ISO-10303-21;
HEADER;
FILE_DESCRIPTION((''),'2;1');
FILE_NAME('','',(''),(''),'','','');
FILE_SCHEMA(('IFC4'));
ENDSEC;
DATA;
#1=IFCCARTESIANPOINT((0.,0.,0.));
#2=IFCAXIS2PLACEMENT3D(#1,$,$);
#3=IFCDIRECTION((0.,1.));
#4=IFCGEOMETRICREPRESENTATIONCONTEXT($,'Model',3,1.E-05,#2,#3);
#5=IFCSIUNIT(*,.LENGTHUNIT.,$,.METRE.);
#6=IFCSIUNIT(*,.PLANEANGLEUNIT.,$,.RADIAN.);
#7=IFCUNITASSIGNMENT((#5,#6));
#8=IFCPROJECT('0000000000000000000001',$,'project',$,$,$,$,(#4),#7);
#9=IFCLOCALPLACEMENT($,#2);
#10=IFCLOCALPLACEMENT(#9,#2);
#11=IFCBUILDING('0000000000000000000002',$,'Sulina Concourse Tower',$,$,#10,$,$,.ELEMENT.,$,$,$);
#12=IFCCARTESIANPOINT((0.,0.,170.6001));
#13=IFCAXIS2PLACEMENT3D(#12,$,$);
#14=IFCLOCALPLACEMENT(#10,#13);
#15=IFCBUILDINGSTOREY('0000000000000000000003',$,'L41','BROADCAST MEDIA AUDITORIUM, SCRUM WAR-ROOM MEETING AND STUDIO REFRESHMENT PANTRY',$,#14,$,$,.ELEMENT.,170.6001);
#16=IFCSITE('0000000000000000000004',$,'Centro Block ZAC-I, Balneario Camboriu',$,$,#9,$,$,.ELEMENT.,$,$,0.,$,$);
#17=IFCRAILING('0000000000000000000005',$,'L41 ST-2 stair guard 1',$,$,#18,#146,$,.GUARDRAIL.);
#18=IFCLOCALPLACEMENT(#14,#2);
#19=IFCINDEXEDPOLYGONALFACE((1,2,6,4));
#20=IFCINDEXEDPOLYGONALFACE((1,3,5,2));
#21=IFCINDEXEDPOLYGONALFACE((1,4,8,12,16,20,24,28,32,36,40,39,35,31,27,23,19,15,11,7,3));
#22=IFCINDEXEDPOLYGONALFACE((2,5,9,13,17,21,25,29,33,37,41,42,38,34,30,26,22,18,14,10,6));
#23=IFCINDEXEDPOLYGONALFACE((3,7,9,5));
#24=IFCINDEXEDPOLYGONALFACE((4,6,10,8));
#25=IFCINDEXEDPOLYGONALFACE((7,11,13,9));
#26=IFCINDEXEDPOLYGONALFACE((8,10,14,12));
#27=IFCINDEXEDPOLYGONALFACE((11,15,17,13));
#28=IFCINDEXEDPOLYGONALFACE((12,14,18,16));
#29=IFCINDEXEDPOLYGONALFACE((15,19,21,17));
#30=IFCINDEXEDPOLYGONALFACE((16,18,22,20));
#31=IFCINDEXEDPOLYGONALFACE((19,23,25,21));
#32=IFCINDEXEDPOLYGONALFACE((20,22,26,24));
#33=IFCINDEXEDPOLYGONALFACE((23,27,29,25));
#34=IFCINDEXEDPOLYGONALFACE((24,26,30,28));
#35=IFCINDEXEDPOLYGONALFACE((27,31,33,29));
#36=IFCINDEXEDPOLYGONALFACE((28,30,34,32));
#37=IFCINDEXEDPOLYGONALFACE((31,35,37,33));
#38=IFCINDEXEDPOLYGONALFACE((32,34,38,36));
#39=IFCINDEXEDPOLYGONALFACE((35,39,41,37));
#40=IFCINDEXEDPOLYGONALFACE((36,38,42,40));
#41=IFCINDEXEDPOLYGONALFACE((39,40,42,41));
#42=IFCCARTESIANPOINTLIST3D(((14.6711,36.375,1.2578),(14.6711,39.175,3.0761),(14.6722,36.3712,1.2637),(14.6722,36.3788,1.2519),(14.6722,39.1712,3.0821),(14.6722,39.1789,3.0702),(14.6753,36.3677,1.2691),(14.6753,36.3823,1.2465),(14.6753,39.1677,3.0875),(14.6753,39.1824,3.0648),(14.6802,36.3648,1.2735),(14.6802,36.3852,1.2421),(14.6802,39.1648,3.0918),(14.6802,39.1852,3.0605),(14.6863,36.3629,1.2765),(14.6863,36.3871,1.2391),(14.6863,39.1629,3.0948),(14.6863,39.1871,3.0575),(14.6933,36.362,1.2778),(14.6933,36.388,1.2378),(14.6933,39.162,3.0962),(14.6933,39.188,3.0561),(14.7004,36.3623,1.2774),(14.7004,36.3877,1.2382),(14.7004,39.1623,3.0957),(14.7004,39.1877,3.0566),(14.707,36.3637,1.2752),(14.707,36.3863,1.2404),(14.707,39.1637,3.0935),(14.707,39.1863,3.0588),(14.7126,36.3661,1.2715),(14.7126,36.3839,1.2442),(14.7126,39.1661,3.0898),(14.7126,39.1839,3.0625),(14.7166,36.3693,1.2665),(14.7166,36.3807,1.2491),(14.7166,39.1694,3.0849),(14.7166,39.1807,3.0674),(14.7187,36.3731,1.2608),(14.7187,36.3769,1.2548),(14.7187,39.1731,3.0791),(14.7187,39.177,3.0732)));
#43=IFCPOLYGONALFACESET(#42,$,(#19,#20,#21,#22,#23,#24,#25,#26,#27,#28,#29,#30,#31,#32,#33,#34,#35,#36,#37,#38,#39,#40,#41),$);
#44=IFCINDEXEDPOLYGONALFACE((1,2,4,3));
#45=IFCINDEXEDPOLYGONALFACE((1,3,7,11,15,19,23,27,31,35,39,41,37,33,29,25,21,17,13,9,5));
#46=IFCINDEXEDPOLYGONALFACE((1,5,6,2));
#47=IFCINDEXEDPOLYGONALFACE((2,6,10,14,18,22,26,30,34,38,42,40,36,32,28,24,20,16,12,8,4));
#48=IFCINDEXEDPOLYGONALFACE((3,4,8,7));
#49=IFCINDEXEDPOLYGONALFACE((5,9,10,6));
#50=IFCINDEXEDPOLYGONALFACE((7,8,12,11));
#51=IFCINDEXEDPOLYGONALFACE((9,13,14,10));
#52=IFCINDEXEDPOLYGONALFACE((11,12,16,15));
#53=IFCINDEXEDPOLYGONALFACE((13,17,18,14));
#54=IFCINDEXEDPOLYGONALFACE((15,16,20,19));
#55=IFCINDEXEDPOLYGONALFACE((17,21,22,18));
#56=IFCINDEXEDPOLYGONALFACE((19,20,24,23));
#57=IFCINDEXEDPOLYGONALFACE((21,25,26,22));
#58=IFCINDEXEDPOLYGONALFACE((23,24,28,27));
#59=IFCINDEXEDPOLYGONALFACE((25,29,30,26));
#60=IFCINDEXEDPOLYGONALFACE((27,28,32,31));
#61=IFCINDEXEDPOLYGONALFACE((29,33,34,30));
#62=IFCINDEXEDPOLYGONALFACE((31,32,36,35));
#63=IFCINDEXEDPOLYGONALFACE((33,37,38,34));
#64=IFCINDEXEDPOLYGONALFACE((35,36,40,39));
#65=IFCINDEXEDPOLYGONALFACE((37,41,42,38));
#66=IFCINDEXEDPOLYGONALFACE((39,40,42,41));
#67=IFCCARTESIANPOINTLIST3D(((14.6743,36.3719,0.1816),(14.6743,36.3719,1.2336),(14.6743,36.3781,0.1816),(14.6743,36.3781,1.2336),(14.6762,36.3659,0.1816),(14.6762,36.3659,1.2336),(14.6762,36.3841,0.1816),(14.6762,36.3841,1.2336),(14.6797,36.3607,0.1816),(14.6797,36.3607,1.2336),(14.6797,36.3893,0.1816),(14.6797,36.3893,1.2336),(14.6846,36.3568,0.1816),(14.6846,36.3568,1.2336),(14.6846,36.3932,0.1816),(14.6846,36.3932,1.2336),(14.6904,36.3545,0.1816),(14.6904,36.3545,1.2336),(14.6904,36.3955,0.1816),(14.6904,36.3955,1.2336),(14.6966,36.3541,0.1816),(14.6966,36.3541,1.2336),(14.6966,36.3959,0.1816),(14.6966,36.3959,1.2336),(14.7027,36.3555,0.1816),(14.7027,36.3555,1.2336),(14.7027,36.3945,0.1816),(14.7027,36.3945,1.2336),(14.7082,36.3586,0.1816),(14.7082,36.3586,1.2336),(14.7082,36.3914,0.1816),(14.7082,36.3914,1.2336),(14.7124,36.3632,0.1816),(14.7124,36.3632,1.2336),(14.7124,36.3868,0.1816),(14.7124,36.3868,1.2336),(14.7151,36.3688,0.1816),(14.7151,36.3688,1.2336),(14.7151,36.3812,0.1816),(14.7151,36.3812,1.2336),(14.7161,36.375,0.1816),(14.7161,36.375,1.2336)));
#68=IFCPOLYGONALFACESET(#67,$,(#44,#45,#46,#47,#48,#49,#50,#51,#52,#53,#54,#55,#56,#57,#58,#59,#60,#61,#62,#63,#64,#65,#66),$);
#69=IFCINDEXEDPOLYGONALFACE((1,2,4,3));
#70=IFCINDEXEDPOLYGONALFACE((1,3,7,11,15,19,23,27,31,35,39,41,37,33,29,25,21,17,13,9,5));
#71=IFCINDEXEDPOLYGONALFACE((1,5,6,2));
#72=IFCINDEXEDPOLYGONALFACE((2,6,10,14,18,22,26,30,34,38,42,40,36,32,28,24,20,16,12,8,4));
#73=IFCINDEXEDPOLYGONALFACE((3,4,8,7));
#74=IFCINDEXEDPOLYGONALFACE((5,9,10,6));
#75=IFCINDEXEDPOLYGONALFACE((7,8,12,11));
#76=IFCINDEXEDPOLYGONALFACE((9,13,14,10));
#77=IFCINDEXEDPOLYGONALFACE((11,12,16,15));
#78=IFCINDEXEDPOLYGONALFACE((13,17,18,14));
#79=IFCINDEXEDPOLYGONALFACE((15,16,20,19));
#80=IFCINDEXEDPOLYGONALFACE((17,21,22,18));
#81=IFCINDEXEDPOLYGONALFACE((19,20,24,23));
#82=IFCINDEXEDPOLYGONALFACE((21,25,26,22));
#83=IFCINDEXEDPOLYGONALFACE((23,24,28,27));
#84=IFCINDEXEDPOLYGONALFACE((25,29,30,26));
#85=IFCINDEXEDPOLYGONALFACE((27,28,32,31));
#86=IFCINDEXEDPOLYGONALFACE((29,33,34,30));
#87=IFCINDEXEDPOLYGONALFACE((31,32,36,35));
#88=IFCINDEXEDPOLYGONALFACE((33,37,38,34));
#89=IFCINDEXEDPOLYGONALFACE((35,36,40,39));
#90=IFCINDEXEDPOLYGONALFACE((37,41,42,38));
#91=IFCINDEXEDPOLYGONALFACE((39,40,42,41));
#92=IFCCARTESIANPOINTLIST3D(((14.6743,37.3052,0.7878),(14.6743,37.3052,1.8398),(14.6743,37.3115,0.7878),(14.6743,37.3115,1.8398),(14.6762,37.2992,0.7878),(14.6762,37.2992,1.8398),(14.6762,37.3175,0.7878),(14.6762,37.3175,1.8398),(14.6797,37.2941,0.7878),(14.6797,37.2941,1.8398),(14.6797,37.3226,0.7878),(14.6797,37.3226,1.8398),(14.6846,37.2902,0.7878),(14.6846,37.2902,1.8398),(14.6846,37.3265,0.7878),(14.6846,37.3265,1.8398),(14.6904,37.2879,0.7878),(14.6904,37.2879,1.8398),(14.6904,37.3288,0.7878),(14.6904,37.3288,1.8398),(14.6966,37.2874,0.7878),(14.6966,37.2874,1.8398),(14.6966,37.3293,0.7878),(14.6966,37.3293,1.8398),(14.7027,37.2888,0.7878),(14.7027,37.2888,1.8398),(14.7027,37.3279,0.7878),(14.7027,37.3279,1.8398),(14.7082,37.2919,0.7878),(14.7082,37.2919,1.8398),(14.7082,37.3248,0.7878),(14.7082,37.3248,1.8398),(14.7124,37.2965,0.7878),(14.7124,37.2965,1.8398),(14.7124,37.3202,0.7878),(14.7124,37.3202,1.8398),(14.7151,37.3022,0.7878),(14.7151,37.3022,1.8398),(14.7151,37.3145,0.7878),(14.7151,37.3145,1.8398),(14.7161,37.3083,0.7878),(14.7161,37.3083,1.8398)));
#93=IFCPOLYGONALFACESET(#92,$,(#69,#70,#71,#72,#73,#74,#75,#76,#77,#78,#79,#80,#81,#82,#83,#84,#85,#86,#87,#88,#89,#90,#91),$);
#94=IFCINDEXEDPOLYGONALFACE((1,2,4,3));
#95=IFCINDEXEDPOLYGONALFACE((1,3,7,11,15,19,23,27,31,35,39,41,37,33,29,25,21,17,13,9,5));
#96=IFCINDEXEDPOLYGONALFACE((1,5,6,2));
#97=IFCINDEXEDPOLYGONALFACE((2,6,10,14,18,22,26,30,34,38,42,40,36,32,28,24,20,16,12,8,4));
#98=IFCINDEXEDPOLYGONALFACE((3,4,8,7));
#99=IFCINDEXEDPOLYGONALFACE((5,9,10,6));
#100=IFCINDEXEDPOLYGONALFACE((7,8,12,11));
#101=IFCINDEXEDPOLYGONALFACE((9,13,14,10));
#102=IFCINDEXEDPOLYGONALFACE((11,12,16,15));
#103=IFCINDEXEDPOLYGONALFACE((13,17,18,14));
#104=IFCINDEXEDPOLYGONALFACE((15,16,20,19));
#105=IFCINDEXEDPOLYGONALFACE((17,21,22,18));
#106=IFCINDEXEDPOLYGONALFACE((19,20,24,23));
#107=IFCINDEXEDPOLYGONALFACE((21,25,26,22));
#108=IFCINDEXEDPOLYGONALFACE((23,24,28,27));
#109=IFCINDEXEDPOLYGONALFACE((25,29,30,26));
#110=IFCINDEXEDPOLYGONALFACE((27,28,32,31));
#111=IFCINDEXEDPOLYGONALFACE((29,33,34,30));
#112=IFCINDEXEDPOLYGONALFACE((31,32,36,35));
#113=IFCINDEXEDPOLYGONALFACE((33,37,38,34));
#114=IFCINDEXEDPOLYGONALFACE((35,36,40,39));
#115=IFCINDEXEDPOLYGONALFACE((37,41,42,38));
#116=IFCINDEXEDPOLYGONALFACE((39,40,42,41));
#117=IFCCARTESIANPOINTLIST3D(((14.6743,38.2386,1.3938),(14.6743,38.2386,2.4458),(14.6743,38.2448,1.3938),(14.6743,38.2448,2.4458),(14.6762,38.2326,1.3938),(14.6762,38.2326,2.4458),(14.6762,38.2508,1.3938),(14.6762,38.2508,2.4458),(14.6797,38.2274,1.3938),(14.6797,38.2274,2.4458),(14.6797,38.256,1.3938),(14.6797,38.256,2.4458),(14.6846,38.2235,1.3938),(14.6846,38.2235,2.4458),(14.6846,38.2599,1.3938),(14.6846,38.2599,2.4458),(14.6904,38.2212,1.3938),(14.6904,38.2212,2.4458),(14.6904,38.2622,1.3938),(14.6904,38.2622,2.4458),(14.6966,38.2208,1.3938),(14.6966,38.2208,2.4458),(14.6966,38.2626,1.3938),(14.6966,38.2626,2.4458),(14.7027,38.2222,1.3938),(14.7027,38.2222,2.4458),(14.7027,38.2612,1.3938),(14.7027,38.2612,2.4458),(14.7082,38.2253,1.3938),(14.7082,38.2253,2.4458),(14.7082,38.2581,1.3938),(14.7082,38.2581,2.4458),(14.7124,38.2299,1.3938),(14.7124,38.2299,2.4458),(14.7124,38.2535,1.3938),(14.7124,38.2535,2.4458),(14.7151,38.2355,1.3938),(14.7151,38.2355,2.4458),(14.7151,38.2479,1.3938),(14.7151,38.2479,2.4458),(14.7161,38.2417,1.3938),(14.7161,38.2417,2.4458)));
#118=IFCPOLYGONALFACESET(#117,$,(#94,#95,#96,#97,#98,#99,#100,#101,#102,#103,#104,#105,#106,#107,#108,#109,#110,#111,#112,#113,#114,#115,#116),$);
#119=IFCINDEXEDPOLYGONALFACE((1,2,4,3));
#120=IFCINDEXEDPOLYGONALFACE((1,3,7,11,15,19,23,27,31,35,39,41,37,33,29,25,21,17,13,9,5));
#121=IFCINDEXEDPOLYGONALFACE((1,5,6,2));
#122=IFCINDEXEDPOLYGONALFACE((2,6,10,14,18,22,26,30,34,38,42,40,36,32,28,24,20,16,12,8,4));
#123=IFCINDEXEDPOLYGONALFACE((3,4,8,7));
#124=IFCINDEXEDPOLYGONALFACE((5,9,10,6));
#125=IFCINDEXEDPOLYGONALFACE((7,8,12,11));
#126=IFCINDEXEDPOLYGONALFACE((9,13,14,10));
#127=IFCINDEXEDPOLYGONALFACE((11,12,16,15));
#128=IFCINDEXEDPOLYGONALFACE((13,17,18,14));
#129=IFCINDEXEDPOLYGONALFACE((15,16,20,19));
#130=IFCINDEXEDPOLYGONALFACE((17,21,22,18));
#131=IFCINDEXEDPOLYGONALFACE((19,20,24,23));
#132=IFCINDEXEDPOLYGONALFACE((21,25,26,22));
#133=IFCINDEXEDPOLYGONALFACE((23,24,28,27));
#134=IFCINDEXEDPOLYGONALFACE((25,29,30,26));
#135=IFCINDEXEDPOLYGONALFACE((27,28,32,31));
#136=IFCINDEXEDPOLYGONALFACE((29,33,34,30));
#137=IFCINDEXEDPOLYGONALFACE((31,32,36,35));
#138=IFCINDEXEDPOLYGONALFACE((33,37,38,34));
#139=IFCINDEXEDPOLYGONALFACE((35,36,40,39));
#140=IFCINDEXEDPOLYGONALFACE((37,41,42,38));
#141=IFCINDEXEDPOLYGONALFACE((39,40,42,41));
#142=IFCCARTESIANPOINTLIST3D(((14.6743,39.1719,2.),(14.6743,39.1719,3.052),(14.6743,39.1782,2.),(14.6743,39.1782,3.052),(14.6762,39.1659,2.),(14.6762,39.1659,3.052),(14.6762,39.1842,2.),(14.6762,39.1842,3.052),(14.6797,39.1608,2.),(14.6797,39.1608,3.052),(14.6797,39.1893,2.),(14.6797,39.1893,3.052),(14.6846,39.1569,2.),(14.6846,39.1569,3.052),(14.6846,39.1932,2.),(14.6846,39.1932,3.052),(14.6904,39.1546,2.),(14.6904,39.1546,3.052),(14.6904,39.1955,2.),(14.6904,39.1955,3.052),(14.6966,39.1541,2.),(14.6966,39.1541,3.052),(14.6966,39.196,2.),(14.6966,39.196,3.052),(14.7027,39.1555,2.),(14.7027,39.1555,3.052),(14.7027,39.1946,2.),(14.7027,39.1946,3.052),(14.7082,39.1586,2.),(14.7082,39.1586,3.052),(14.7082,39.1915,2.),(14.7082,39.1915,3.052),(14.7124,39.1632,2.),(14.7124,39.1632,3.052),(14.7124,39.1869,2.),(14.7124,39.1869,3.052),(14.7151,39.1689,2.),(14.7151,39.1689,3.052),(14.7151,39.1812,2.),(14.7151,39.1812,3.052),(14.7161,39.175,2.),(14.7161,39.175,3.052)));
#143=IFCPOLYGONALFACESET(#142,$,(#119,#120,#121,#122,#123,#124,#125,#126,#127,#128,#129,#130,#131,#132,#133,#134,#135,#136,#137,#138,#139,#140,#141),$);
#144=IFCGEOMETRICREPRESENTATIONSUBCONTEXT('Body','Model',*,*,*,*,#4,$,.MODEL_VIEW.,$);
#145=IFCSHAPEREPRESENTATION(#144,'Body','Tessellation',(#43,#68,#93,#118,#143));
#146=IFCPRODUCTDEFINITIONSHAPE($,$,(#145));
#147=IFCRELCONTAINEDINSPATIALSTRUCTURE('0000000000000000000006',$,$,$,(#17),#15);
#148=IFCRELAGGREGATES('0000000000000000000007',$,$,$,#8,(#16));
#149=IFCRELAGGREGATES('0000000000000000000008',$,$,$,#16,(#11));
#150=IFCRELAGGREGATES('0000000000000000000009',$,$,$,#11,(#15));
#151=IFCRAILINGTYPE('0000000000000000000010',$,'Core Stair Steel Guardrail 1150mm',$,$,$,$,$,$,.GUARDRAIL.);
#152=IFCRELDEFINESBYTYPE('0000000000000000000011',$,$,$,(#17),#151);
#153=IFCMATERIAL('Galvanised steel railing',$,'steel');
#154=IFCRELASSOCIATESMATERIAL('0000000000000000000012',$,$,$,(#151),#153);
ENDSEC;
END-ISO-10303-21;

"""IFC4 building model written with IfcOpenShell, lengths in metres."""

from ifc_helpers import new_model, si_unit, direction, frame, origin, origin_2d, place, context, subcontext, project, spatial, circle, extrude, material, type_object, element, save


model = new_model("IFC4")

# Units and contexts
model_context = context("Model", 3, precision=1e-05, world=origin(), true_north=direction((0.0, 1.0)))
body_context = subcontext(model_context, "Body", "Model", "MODEL_VIEW")
ifc_project = project(units=[si_unit("LENGTHUNIT", "METRE"), si_unit("PLANEANGLEUNIT", "RADIAN")], contexts=[model_context])

# Site, building, storey
site_placement = place(None, origin())
site = spatial("IfcSite", under=ifc_project, at=site_placement, Name="Centro Block ZAC-I, Balneario Camboriu", CompositionType="ELEMENT", RefElevation=0.0)
building_placement = place(site_placement, origin())
building = spatial("IfcBuilding", under=site, at=building_placement, Name="Sulina Concourse Tower", CompositionType="ELEMENT")
storey_placement = place(building_placement, frame((0.0, 0.0, 170.6001)))
storey = spatial("IfcBuildingStorey", under=building, at=storey_placement, Name="L41", Description="BROADCAST MEDIA AUDITORIUM, SCRUM WAR-ROOM MEETING AND STUDIO REFRESHMENT PANTRY", CompositionType="ELEMENT", Elevation=170.6001)

# Railing
ifc_material_1 = material(Name="Galvanised steel railing", Category="steel")
railing_type_1 = type_object("IfcRailingType", Name="Core Stair Steel Guardrail 1150mm", PredefinedType="GUARDRAIL", material=ifc_material_1)
railing_1_placement = place(storey_placement, frame((14.6951, 36.375, 0.1816)))
element("IfcRailing", 1, at=railing_1_placement, inside=storey, type_object=railing_type_1, Name="L41 ST-2 stair guard 1", PredefinedType="GUARDRAIL", context=body_context, shape_type="SweptSolid", body=[
    extrude(circle(Radius=0.0239, at=origin_2d()), frame((0.0, 0.0, 1.0762), z_axis=(0.0, 0.838672, 0.544636), x_axis=(-1.0, 0.0, 0.0)), (0.0, 0.0, 1.0), 3.3386),
    extrude(circle(Radius=0.021, at=origin_2d()), origin(), (0.0, 0.0, 1.0), 1.052),
    extrude(circle(Radius=0.021, at=origin_2d()), frame((0.0, 0.9333, 0.6062)), (0.0, 0.0, 1.0), 1.052),
    extrude(circle(Radius=0.021, at=origin_2d()), frame((0.0, 1.8667, 1.2122)), (0.0, 0.0, 1.0), 1.052),
    extrude(circle(Radius=0.021, at=origin_2d()), frame((0.0, 2.8, 1.8184)), (0.0, 0.0, 1.0), 1.052),
])

save(model, "model.ifc")
